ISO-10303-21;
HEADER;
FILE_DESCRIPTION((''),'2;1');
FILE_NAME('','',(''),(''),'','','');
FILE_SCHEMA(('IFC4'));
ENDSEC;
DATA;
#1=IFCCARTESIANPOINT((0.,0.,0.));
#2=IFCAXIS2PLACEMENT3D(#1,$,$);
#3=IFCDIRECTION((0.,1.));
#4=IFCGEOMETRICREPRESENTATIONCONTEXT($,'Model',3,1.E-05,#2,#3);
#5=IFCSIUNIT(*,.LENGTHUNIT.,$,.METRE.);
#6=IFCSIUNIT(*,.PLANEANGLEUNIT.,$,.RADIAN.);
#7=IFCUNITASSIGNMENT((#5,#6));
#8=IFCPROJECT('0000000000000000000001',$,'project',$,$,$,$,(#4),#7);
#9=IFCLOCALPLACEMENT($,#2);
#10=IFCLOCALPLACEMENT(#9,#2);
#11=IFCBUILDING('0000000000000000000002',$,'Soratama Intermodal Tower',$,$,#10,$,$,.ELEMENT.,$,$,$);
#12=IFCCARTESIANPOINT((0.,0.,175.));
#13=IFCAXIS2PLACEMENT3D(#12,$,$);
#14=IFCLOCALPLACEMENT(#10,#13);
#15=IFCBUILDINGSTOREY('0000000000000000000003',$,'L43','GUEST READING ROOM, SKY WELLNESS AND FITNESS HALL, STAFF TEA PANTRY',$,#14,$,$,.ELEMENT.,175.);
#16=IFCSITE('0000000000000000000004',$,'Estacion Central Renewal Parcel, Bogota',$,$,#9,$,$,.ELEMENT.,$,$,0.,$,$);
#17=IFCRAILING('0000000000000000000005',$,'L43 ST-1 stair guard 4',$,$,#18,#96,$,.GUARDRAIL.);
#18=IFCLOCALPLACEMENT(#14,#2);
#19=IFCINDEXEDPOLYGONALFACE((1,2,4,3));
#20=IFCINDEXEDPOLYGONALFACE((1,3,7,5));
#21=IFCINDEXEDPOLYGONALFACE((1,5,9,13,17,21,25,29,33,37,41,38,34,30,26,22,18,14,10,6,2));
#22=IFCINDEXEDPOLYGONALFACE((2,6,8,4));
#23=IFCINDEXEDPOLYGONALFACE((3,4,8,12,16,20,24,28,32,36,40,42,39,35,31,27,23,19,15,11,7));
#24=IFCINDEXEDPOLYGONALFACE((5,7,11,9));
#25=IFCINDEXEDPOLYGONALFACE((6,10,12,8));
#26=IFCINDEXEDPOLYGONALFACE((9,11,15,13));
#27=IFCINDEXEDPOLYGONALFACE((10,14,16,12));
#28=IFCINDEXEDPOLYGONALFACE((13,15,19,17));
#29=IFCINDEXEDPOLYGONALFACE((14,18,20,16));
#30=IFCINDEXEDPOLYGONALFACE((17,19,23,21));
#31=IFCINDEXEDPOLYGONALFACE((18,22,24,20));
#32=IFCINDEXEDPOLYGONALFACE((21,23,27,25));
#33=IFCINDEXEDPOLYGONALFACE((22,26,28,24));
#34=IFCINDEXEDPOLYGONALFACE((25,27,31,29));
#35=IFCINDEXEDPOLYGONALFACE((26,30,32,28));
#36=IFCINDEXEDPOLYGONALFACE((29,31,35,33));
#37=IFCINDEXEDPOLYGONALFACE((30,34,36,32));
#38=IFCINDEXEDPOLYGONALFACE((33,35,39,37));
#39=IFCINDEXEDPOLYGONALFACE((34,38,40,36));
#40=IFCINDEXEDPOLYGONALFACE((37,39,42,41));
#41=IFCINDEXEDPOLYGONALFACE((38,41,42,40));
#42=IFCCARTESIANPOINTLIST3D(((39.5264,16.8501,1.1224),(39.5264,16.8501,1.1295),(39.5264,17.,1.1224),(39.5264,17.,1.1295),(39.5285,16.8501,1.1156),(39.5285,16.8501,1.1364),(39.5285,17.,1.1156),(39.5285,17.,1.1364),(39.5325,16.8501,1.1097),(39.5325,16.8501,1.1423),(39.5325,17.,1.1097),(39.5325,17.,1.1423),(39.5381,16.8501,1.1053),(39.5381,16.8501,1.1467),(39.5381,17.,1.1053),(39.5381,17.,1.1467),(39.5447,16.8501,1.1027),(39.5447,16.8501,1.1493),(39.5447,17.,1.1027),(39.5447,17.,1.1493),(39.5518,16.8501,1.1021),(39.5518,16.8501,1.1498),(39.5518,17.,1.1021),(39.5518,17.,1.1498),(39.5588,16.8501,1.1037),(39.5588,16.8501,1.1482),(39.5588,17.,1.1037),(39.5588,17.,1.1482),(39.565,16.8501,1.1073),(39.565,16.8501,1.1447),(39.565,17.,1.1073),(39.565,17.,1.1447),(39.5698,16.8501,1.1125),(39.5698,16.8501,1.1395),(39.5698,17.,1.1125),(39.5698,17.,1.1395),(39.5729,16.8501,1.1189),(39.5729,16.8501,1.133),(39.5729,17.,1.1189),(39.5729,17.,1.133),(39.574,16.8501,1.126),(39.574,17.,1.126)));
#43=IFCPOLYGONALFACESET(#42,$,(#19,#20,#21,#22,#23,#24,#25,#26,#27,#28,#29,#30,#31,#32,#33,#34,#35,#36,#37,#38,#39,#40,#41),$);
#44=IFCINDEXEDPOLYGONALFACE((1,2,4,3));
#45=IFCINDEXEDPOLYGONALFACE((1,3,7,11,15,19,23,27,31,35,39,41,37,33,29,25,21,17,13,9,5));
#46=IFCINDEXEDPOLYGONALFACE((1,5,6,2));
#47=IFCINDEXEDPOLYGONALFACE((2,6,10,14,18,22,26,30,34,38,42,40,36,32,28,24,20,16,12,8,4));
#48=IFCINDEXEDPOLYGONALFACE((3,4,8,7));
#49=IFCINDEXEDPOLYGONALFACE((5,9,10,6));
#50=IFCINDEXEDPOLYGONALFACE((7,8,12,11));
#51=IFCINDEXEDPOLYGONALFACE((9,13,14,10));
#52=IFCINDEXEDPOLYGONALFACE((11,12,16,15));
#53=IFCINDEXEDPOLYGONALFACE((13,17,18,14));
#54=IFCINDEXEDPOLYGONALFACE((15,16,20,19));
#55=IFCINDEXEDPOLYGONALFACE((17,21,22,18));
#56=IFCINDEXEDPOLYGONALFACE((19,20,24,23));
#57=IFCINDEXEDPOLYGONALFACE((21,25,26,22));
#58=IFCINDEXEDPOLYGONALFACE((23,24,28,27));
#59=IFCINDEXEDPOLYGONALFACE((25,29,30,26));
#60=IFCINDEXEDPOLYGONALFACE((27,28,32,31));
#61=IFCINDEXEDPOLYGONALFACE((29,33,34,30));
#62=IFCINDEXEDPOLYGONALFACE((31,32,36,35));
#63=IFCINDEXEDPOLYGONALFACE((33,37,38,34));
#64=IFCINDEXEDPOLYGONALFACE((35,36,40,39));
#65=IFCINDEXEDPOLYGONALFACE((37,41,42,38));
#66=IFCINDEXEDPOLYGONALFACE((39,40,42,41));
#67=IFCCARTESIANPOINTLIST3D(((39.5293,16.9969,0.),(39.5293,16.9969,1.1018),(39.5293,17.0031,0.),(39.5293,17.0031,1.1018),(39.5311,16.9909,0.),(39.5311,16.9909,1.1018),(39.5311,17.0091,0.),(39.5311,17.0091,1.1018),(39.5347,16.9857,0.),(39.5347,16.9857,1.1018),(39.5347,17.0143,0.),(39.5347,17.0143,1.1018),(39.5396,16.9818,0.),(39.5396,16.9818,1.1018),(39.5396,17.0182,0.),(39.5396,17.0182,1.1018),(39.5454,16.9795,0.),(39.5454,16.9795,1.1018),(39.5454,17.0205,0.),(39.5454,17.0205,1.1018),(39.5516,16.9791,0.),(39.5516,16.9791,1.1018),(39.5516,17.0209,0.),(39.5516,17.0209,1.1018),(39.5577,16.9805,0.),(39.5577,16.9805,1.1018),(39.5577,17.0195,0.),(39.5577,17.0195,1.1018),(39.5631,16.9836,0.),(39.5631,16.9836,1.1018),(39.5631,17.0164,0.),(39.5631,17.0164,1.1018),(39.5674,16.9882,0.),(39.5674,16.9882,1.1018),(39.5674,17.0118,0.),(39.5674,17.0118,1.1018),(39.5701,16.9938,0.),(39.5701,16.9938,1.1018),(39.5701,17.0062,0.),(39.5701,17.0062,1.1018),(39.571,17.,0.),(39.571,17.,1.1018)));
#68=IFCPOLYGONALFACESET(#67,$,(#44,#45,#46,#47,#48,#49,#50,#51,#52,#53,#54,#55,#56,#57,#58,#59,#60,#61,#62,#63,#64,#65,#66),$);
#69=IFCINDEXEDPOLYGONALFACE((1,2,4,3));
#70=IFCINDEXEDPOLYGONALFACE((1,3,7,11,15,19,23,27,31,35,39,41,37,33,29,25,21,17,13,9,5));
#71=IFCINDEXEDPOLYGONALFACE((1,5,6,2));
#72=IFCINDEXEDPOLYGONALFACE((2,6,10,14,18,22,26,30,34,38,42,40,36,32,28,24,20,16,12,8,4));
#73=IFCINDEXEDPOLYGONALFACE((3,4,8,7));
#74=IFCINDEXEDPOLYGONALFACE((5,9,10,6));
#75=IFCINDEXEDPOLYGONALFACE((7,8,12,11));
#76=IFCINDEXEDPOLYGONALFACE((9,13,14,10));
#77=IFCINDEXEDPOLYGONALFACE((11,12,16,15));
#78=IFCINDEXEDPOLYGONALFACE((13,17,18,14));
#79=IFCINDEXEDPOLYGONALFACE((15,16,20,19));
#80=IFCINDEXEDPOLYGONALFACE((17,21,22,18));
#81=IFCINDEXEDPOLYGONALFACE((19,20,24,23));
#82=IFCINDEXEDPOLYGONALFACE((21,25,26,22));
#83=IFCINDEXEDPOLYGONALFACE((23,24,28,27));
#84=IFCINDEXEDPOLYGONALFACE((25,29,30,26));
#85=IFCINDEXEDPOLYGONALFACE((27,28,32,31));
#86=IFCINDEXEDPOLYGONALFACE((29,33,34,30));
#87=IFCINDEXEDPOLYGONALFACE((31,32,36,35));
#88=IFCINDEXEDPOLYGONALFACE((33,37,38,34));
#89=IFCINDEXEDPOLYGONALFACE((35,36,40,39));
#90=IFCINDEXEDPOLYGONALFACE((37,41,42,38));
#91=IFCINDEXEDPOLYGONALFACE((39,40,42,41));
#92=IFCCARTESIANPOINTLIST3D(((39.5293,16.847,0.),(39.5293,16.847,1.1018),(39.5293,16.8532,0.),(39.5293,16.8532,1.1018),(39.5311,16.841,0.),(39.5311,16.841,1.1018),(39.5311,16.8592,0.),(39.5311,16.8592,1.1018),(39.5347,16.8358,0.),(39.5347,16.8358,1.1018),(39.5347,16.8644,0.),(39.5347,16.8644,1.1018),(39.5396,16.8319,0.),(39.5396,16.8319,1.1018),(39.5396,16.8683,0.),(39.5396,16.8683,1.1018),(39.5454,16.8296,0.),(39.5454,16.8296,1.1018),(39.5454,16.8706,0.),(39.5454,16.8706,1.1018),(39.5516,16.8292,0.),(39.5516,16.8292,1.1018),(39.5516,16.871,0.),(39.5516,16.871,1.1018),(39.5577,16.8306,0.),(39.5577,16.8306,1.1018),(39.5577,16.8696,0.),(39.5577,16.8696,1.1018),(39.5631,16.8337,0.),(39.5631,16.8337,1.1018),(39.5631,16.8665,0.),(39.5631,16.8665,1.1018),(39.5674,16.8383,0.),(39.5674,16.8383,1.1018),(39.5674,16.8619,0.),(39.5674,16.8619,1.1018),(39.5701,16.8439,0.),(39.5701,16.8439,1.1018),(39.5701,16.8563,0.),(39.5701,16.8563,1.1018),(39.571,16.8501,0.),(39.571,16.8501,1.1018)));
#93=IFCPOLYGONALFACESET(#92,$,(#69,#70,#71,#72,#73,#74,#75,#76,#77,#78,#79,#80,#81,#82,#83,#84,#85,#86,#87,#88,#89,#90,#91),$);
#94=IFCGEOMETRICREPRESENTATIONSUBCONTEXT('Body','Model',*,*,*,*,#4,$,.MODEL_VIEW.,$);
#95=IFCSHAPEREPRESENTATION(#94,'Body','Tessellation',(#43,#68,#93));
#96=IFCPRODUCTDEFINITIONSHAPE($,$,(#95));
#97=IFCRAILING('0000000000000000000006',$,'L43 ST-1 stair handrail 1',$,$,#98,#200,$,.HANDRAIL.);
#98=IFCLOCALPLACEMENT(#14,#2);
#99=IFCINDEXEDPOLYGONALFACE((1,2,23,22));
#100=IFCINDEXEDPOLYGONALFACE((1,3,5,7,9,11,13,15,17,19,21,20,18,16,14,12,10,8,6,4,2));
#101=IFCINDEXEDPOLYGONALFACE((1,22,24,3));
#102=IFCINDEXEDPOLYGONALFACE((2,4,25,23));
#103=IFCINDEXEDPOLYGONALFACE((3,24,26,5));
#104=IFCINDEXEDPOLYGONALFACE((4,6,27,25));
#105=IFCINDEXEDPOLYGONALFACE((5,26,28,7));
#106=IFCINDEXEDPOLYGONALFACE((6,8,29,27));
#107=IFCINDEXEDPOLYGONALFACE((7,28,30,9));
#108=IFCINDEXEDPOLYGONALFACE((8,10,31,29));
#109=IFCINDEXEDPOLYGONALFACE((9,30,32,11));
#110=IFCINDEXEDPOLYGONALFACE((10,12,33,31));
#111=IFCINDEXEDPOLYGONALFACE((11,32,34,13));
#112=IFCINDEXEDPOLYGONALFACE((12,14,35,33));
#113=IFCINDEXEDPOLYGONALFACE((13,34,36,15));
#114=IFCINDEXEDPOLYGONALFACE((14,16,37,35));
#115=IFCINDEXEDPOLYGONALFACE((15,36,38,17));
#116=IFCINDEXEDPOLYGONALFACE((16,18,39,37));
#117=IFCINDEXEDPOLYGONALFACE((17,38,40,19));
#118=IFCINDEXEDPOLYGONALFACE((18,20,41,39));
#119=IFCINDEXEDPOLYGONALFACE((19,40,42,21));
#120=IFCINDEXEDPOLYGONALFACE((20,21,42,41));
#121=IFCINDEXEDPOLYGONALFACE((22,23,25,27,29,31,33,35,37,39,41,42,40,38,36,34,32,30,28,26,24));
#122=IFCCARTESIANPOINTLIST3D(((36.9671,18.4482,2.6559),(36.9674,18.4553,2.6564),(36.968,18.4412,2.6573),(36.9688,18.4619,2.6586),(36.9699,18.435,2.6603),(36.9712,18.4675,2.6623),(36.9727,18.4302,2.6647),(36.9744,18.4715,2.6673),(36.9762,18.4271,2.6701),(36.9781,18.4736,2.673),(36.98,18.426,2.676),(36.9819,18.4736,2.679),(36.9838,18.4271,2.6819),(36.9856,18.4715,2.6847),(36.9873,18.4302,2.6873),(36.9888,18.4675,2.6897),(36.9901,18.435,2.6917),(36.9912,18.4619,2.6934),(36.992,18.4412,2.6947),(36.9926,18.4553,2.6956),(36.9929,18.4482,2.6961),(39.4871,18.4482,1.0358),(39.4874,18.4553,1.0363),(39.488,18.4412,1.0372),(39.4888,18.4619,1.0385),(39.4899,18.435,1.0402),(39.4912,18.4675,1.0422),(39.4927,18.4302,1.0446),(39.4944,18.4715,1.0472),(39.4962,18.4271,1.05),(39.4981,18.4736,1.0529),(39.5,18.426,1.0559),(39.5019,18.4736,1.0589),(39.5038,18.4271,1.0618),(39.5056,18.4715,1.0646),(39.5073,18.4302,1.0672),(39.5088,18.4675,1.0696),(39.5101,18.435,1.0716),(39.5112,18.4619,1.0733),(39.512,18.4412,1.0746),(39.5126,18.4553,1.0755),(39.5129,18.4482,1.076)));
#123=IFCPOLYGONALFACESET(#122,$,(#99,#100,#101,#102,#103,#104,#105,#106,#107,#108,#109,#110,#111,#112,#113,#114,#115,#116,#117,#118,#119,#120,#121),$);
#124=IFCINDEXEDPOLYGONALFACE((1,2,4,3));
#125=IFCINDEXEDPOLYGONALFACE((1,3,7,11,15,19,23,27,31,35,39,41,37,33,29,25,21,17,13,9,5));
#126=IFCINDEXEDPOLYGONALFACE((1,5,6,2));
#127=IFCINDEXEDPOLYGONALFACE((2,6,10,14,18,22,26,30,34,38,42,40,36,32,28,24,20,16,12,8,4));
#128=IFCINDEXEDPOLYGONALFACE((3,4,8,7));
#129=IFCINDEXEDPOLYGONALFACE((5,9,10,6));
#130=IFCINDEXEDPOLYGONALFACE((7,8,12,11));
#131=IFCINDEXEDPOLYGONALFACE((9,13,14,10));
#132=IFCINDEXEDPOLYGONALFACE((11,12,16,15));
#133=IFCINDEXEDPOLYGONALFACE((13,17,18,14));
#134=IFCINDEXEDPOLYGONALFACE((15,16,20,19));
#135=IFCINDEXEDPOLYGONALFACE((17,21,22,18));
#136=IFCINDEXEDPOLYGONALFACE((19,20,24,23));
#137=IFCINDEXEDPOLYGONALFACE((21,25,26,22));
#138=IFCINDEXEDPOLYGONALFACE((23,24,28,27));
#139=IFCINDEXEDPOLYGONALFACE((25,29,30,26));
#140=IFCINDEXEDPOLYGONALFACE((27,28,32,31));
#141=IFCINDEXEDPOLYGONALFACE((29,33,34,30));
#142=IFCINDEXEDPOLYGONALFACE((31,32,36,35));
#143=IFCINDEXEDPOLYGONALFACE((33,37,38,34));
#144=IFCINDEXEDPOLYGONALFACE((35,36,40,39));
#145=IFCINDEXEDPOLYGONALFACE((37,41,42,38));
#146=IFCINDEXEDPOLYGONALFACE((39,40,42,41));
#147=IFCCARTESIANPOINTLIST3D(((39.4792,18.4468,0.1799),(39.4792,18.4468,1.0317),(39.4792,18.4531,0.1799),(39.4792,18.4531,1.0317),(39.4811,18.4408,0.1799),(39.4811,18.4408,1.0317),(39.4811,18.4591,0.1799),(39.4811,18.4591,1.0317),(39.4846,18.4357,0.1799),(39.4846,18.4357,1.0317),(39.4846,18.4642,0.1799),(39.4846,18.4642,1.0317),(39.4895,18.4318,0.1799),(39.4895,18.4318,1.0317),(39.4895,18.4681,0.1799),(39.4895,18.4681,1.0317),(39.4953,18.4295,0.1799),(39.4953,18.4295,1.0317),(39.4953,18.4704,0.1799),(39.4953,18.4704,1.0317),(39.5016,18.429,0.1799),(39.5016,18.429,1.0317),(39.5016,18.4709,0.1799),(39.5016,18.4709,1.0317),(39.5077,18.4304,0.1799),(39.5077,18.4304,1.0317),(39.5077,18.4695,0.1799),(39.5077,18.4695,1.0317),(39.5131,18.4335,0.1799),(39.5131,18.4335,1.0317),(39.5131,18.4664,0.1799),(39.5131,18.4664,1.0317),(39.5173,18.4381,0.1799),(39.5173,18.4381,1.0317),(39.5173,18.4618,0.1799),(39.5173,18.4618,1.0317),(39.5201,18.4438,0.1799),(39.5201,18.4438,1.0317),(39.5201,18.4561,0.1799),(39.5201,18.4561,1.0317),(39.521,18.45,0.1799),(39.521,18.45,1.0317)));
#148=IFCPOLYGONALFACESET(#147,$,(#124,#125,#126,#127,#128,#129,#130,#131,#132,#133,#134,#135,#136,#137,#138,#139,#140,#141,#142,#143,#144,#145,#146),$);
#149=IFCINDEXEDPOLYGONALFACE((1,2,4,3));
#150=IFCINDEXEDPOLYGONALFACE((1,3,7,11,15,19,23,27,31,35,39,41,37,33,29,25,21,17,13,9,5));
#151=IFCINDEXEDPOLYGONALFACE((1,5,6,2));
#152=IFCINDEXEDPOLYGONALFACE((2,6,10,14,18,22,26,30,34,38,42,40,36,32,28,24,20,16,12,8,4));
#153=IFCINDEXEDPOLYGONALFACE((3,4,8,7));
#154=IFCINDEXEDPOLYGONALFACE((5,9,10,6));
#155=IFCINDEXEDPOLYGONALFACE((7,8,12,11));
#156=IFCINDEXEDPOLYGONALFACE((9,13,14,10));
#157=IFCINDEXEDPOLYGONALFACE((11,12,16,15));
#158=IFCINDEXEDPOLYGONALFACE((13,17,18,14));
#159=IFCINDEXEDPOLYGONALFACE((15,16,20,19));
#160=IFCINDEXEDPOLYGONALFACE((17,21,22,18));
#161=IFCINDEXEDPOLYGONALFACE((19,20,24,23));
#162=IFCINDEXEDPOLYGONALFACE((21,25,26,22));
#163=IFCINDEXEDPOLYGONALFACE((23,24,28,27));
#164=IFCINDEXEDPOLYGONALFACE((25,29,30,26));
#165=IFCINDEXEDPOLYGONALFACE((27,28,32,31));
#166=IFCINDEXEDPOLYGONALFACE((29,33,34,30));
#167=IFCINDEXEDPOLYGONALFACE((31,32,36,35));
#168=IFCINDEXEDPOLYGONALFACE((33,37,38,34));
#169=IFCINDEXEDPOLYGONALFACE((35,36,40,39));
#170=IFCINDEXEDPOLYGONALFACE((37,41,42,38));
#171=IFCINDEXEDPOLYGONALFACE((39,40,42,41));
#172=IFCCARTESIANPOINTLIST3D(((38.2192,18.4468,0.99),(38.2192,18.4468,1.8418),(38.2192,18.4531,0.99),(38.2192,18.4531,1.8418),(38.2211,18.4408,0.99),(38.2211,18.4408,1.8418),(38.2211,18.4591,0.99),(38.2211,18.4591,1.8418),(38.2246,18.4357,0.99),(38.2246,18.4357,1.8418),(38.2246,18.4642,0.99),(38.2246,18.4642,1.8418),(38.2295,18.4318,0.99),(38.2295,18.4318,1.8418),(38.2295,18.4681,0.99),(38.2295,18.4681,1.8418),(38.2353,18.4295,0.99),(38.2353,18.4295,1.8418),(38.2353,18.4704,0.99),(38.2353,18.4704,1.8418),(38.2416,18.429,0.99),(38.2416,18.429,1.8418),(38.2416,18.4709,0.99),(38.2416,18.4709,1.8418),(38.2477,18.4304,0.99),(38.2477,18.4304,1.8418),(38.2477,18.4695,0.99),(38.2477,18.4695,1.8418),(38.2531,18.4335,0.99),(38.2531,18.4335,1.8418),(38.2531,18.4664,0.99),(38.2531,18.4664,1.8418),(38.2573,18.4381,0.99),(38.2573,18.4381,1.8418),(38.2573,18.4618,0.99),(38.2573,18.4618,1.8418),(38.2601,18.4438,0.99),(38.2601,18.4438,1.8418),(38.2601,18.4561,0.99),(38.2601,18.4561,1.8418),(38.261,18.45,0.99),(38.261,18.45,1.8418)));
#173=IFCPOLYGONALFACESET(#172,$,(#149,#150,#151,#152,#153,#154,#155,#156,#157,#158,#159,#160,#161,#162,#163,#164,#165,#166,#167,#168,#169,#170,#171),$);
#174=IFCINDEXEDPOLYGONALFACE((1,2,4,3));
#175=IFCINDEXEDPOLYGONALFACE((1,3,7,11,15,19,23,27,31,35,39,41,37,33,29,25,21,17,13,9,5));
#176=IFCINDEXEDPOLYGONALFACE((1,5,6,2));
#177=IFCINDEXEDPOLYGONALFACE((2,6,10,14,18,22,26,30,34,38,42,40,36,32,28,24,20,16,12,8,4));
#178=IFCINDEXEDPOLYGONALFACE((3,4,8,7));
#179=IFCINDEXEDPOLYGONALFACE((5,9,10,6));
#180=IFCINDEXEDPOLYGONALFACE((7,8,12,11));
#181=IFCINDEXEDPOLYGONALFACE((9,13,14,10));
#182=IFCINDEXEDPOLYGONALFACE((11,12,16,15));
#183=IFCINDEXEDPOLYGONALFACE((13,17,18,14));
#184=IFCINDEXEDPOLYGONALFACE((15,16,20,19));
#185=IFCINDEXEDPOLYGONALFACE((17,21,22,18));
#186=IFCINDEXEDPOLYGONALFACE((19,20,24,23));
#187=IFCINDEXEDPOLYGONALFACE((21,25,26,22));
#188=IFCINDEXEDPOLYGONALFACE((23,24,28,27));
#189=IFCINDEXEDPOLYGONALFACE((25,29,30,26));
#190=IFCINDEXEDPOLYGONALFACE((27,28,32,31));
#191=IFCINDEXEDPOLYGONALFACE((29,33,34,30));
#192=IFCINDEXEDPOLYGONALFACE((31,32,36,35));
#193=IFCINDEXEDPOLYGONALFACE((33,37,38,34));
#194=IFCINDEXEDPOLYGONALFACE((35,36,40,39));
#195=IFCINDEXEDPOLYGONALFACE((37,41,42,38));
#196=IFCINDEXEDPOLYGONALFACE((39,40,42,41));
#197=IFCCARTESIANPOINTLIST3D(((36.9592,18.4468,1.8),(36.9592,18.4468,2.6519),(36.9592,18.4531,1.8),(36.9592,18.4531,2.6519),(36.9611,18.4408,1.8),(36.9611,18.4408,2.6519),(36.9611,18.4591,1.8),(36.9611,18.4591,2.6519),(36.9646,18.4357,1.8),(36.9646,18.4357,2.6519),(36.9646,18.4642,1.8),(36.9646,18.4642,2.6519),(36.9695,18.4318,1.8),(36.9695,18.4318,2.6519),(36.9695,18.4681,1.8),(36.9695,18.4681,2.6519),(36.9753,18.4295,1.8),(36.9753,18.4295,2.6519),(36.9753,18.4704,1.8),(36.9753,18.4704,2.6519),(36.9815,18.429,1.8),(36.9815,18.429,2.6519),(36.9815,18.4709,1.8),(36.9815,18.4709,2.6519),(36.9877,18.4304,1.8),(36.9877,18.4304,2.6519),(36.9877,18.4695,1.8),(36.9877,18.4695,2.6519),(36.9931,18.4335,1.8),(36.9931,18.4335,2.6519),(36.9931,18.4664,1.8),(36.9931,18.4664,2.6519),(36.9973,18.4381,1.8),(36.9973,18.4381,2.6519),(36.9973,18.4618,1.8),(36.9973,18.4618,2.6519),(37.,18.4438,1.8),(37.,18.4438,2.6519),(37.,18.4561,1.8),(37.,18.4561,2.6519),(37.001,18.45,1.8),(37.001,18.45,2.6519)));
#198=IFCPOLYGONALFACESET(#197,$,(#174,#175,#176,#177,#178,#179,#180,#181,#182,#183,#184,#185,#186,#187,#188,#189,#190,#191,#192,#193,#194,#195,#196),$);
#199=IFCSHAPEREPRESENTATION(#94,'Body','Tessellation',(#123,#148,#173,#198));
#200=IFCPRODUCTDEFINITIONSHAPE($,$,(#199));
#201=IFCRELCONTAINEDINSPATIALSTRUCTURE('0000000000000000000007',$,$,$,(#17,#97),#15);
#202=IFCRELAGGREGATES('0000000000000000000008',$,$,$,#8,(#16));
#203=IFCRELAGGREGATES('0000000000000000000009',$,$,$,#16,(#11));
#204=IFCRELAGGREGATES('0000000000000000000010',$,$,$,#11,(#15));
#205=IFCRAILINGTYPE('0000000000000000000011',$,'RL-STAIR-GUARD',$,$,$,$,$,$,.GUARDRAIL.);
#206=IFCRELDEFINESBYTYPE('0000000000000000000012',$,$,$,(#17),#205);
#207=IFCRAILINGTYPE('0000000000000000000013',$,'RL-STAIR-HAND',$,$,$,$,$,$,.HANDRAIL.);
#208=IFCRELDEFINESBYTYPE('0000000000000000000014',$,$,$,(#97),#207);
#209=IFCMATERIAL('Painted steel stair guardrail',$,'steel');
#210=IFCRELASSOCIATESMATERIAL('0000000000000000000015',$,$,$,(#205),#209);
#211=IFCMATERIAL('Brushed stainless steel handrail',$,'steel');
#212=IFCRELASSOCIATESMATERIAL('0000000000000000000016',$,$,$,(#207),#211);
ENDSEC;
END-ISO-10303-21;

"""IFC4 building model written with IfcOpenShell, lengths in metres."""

from ifc_helpers import new_model, si_unit, direction, frame, origin, origin_2d, place, context, subcontext, project, spatial, circle, extrude, material, type_object, element, save


model = new_model("IFC4")

# Units and contexts
model_context = context("Model", 3, precision=1e-05, world=origin(), true_north=direction((0.0, 1.0)))
body_context = subcontext(model_context, "Body", "Model", "MODEL_VIEW")
ifc_project = project(units=[si_unit("LENGTHUNIT", "METRE"), si_unit("PLANEANGLEUNIT", "RADIAN")], contexts=[model_context])

# Site, building, storey
site_placement = place(None, origin())
site = spatial("IfcSite", under=ifc_project, at=site_placement, Name="Estacion Central Renewal Parcel, Bogota", CompositionType="ELEMENT", RefElevation=0.0)
building_placement = place(site_placement, origin())
building = spatial("IfcBuilding", under=site, at=building_placement, Name="Soratama Intermodal Tower", CompositionType="ELEMENT")
storey_placement = place(building_placement, frame((0.0, 0.0, 175.0)))
storey = spatial("IfcBuildingStorey", under=building, at=storey_placement, Name="L43", Description="GUEST READING ROOM, SKY WELLNESS AND FITNESS HALL, STAFF TEA PANTRY", CompositionType="ELEMENT", Elevation=175.0)

# Railings
ifc_material_1 = material(Name="Painted steel stair guardrail", Category="steel")
railing_type_1 = type_object("IfcRailingType", Name="RL-STAIR-GUARD", PredefinedType="GUARDRAIL", material=ifc_material_1)
railing_1_placement = place(storey_placement, frame((39.55, 17.0, 0.0)))
element("IfcRailing", 1, at=railing_1_placement, inside=storey, type_object=railing_type_1, Name="L43 ST-1 stair guard 4", PredefinedType="GUARDRAIL", context=body_context, shape_type="SweptSolid", body=[
    extrude(circle(Radius=0.0239, at=origin_2d()), frame((0.0, 0.0, 1.126), z_axis=(0.0, -1.0, 0.0), x_axis=(1.0, 0.0, 0.0)), (0.0, 0.0, 1.0), 0.1499),
    extrude(circle(Radius=0.021, at=origin_2d()), origin(), (0.0, 0.0, 1.0), 1.1018),
    extrude(circle(Radius=0.021, at=origin_2d()), frame((0.0, -0.1499, 0.0)), (0.0, 0.0, 1.0), 1.1018),
])
ifc_material_2 = material(Name="Brushed stainless steel handrail", Category="steel")
railing_type_2 = type_object("IfcRailingType", Name="RL-STAIR-HAND", PredefinedType="HANDRAIL", material=ifc_material_2)
railing_2_placement = place(storey_placement, frame((39.5, 18.45, 0.1799)))
element("IfcRailing", 2, at=railing_2_placement, inside=storey, type_object=railing_type_2, Name="L43 ST-1 stair handrail 1", PredefinedType="HANDRAIL", context=body_context, shape_type="SweptSolid", body=[
    extrude(circle(Radius=0.0239, at=origin_2d()), frame((0.0, 0.0, 0.876), z_axis=(-0.841163, 0.0, 0.540782), x_axis=(0.0, -1.0, 0.0)), (0.0, 0.0, 1.0), 2.9958),
    extrude(circle(Radius=0.021, at=origin_2d()), origin(), (0.0, 0.0, 1.0), 0.8518),
    extrude(circle(Radius=0.021, at=origin_2d()), frame((-1.26, 0.0, 0.8101)), (0.0, 0.0, 1.0), 0.8518),
    extrude(circle(Radius=0.021, at=origin_2d()), frame((-2.52, 0.0, 1.6201)), (0.0, 0.0, 1.0), 0.8518),
])

save(model, "model.ifc")
